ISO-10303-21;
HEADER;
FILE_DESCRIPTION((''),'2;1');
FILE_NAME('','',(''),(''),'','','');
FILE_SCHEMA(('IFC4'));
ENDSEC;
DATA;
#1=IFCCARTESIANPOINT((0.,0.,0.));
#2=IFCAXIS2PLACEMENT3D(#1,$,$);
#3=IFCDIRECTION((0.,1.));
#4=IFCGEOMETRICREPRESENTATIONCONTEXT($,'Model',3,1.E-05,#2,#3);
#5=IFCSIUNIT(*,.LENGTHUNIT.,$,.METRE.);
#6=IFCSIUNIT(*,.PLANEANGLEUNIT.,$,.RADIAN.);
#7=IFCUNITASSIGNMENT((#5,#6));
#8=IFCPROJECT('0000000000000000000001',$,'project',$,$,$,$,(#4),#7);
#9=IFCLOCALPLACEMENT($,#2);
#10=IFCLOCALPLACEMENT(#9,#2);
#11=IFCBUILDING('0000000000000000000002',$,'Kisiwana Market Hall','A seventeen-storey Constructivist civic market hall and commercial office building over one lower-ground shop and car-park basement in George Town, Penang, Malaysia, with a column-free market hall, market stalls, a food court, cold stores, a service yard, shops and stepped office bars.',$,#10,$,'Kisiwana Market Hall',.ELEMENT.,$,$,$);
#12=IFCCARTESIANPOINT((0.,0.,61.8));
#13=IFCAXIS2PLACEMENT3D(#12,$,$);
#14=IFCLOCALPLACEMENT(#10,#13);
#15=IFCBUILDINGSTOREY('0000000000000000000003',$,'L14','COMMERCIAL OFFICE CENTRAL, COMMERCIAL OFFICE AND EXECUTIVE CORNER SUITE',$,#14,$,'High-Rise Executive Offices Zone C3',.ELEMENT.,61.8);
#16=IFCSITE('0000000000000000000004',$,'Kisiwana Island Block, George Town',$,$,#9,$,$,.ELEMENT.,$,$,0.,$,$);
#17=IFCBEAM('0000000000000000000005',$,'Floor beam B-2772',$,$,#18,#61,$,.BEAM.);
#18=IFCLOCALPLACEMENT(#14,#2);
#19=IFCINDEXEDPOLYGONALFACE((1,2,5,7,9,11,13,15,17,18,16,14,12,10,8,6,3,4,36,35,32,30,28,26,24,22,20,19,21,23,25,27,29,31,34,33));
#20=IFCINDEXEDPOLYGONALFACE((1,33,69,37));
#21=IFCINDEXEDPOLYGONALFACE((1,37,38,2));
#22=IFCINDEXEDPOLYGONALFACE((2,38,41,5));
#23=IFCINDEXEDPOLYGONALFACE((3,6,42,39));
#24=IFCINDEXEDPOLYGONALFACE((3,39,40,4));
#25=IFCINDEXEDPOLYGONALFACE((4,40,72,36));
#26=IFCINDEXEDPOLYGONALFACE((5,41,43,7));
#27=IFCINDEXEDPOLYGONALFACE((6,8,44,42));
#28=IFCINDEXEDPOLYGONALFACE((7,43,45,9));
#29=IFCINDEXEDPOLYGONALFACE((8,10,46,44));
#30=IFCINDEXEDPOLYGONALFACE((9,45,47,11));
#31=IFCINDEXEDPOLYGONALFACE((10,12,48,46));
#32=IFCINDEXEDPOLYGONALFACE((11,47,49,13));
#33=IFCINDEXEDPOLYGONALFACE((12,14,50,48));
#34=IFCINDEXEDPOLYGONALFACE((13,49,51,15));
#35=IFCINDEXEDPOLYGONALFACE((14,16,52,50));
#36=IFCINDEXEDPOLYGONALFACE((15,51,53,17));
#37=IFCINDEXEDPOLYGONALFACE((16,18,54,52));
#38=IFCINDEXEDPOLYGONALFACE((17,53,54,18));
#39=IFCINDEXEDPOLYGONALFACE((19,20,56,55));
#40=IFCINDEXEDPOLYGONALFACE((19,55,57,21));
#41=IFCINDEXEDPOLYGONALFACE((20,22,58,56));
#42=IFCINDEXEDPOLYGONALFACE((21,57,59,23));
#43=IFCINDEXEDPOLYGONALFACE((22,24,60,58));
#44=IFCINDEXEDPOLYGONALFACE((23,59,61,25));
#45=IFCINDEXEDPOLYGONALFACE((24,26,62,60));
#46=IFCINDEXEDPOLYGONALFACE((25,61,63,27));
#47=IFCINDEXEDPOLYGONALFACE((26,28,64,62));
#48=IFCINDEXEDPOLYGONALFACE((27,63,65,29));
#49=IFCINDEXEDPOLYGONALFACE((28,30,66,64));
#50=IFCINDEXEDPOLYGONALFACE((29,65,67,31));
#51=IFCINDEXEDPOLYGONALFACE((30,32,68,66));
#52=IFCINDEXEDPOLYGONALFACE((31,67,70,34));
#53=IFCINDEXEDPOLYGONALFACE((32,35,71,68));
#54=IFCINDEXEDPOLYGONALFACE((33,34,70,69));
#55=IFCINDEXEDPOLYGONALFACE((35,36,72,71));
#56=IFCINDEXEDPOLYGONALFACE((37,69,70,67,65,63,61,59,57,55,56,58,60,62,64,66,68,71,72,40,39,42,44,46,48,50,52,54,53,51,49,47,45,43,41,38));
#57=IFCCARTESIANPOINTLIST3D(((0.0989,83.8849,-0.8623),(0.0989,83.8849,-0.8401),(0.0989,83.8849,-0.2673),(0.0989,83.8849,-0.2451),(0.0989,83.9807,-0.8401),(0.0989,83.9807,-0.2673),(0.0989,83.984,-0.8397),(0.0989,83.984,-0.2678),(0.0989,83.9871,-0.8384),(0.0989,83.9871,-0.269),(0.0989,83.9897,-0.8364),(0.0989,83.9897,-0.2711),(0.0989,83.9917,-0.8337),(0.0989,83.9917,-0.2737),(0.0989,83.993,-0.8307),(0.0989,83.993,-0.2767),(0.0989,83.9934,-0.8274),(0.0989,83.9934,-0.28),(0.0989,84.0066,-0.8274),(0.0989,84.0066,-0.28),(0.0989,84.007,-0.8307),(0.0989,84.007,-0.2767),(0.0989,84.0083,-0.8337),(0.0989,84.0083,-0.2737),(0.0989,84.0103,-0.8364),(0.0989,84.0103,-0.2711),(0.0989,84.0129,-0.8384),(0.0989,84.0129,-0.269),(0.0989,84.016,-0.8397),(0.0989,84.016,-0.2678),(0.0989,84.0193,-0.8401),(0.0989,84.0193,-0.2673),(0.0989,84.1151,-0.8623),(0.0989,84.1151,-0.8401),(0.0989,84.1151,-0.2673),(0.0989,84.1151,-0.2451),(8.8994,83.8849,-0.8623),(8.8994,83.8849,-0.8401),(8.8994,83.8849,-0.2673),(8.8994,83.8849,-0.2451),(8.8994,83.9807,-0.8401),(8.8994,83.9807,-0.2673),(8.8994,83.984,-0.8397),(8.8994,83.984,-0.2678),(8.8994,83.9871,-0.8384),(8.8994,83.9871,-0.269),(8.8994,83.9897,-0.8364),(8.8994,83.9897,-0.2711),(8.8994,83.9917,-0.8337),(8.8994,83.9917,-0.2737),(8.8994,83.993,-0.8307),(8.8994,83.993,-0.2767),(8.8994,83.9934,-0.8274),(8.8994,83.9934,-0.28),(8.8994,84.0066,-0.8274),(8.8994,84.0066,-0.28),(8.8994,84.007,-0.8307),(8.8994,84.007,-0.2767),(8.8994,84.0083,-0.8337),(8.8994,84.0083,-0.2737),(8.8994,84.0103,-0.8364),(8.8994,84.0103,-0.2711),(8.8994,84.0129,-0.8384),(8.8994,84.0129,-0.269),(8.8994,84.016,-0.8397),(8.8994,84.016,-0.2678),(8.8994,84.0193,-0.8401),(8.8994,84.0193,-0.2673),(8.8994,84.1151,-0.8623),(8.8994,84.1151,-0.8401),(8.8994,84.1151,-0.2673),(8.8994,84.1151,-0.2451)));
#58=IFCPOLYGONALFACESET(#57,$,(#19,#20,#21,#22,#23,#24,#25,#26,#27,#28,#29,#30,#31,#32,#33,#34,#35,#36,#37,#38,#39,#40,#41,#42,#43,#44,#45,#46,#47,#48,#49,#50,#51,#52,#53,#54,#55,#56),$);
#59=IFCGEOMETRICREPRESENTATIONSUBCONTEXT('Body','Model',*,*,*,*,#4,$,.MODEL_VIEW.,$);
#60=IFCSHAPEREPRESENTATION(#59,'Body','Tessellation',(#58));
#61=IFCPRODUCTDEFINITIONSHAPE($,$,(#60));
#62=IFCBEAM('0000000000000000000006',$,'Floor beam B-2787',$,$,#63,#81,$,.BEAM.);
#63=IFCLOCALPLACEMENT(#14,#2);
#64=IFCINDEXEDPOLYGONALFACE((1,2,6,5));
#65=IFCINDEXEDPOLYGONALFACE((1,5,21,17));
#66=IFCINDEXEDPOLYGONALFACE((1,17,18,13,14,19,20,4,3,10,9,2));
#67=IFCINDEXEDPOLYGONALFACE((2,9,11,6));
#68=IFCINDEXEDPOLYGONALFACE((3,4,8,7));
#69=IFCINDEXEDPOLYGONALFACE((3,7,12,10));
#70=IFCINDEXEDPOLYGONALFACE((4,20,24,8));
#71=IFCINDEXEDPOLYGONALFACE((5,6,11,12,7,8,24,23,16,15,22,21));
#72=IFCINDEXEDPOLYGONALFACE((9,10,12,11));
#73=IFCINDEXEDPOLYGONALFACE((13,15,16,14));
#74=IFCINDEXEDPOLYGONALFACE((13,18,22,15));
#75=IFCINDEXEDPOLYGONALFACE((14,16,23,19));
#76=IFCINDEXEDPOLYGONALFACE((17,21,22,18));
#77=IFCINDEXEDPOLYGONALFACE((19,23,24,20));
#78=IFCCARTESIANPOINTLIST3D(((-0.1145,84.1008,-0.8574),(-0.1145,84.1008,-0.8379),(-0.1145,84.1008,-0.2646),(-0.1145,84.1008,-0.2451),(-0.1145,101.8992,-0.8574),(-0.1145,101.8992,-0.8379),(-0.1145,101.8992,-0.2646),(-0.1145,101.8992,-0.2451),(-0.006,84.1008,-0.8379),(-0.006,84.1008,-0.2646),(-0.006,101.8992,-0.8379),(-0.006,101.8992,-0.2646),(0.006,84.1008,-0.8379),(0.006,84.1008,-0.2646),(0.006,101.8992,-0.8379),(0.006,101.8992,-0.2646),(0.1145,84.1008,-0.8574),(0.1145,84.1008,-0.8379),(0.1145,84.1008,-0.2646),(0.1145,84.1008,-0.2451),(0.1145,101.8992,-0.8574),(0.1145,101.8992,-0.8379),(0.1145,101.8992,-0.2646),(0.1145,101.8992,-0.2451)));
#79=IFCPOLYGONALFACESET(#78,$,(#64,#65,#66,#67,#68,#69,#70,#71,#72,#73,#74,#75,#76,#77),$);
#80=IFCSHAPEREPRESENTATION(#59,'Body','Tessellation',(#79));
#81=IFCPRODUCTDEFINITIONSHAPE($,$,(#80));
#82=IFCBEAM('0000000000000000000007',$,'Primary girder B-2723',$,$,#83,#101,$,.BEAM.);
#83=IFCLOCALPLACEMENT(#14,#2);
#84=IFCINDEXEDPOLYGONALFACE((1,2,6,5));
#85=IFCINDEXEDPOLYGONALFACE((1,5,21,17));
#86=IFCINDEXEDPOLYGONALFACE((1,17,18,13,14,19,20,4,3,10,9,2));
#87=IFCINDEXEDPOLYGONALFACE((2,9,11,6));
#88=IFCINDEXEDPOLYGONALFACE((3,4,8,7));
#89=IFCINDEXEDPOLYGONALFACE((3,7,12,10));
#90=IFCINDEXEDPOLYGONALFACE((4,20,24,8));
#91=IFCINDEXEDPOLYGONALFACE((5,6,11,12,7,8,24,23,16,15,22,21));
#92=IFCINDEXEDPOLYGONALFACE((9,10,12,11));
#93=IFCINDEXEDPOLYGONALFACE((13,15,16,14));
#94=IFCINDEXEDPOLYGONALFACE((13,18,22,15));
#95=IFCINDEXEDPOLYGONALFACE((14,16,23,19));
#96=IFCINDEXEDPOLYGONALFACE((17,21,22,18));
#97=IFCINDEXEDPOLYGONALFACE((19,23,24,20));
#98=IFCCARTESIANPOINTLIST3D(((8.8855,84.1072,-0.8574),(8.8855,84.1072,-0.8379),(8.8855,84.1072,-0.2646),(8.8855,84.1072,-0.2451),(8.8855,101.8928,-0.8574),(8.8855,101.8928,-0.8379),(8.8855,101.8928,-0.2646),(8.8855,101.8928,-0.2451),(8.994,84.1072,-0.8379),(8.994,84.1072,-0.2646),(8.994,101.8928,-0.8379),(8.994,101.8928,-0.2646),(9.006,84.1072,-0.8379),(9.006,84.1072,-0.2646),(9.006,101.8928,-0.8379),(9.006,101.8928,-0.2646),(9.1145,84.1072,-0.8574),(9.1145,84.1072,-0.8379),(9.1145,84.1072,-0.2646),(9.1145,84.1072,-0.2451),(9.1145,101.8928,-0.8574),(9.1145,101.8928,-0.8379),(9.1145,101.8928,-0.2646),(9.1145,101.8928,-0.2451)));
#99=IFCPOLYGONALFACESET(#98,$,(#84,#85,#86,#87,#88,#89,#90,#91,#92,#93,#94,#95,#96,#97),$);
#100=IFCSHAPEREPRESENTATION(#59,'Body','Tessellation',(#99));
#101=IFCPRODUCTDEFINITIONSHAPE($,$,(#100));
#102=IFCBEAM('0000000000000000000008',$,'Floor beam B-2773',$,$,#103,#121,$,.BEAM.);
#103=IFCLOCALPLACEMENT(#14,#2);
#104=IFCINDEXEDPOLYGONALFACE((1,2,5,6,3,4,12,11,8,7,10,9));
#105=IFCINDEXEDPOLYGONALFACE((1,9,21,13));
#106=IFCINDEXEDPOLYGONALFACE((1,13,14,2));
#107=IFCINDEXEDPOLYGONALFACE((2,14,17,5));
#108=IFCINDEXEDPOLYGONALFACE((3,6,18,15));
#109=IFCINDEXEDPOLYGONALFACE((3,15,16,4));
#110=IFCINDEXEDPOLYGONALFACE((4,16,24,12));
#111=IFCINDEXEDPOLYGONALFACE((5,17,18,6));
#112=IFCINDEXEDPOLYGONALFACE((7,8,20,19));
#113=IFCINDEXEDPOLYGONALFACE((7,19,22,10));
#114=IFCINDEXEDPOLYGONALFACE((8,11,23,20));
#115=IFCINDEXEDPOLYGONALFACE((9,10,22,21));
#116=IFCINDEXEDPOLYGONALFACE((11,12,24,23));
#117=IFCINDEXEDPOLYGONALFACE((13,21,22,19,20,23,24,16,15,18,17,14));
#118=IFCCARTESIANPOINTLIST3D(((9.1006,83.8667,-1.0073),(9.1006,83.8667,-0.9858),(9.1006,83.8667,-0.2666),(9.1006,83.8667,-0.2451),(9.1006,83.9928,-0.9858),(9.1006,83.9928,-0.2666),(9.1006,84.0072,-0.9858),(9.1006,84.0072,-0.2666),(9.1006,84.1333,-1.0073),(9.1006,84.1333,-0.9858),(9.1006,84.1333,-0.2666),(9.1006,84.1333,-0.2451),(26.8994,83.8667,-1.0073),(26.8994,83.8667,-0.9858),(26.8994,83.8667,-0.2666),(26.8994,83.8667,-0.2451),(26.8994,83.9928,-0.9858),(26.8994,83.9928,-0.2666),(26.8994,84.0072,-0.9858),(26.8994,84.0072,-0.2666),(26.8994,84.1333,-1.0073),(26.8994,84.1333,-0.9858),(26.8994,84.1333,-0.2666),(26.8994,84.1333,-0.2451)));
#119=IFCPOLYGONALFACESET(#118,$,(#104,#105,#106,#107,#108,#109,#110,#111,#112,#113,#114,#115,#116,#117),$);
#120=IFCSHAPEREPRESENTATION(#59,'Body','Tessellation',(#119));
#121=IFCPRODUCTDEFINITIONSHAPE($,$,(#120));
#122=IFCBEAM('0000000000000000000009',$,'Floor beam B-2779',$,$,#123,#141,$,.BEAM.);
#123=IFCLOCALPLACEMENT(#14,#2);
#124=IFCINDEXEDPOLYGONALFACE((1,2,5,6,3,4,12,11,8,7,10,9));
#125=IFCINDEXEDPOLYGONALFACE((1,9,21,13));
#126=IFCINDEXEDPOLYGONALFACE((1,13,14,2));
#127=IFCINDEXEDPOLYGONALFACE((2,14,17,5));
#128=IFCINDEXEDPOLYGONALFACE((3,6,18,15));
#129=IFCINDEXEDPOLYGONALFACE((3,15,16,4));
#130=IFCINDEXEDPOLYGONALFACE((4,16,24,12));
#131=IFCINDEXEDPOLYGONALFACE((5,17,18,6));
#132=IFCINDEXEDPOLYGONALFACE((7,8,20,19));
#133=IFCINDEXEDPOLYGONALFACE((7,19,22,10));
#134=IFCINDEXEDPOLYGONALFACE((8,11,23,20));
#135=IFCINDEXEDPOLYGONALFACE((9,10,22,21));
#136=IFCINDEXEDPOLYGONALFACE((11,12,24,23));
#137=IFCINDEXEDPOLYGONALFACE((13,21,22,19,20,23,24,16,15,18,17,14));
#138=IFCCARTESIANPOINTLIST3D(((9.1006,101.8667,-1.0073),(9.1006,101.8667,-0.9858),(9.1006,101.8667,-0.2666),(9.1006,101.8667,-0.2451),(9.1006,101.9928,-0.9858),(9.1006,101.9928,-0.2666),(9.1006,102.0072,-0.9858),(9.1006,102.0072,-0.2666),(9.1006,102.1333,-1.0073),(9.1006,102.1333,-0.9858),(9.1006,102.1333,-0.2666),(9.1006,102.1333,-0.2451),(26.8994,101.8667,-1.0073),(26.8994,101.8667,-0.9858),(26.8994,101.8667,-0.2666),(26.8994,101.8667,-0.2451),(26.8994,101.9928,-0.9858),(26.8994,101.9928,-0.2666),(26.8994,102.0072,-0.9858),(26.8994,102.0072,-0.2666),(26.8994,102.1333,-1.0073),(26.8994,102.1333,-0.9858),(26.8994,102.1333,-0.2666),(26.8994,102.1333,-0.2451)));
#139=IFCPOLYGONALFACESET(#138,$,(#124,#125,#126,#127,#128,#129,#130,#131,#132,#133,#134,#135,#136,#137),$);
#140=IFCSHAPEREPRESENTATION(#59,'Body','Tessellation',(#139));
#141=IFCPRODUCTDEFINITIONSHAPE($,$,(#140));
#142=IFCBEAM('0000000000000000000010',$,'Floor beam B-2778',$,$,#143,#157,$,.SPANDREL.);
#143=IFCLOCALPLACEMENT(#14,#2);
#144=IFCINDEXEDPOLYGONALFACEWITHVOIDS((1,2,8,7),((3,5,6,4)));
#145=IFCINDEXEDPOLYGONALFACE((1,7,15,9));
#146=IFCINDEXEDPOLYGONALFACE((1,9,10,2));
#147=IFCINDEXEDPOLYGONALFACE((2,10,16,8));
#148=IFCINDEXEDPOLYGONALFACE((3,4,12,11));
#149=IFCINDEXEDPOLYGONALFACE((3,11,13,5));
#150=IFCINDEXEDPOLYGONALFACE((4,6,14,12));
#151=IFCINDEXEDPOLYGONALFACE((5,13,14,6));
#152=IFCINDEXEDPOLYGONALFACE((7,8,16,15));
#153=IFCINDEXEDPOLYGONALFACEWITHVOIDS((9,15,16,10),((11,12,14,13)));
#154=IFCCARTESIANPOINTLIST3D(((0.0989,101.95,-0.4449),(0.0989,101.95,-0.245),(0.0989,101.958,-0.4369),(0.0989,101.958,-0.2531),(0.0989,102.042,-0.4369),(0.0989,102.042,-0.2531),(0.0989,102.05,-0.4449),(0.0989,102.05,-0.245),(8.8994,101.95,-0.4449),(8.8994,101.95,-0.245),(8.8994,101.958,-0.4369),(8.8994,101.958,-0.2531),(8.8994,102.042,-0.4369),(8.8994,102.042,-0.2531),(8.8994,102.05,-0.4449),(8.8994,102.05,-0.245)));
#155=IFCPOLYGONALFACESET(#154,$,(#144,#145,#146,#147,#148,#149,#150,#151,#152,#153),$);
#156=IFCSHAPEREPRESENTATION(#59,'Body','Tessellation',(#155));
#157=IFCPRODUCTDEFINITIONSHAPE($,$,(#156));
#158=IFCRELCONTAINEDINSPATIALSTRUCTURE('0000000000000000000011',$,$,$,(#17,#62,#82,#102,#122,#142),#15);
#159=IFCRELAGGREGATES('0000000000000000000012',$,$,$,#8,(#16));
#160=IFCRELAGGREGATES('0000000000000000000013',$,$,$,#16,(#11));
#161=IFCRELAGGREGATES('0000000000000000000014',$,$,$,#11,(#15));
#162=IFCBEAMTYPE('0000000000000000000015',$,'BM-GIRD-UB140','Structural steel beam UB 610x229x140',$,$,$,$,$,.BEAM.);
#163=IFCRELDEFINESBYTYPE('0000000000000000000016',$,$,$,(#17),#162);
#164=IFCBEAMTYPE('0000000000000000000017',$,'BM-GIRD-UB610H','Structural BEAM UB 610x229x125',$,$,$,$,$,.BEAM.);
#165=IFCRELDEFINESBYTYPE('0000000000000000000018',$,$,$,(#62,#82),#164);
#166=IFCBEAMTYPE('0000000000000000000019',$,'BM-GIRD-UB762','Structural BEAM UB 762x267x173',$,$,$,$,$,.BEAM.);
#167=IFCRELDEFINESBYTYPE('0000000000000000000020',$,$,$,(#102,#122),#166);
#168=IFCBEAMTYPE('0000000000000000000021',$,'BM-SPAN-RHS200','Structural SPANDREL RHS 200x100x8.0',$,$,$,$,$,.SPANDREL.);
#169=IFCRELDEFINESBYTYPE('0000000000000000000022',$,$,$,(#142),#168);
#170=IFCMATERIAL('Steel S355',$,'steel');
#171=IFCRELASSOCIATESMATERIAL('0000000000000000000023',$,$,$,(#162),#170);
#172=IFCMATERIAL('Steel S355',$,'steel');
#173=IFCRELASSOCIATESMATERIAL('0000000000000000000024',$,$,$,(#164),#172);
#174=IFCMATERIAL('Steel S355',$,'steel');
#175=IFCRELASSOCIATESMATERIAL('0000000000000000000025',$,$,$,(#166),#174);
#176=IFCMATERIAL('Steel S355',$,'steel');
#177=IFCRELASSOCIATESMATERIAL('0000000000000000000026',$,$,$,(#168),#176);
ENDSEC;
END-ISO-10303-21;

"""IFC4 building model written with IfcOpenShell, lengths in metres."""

from ifc_helpers import new_model, si_unit, direction, frame, origin, origin_2d, place, context, subcontext, project, spatial, hollow_rectangle, i_section, extrude, material, material_profile, profile_set, type_object, element, save


model = new_model("IFC4")

# Units and contexts
model_context = context("Model", 3, precision=1e-05, world=origin(), true_north=direction((0.0, 1.0)))
body_context = subcontext(model_context, "Body", "Model", "MODEL_VIEW")
ifc_project = project(units=[si_unit("LENGTHUNIT", "METRE"), si_unit("PLANEANGLEUNIT", "RADIAN")], contexts=[model_context])

# Site, building, storey
site_placement = place(None, origin())
site = spatial("IfcSite", under=ifc_project, at=site_placement, Name="Kisiwana Island Block, George Town", CompositionType="ELEMENT", RefElevation=0.0)
building_placement = place(site_placement, origin())
building = spatial("IfcBuilding", under=site, at=building_placement, Name="Kisiwana Market Hall", Description="A seventeen-storey Constructivist civic market hall and commercial office building over one lower-ground shop and car-park basement in George Town, Penang, Malaysia, with a column-free market hall, market stalls, a food court, cold stores, a service yard, shops and stepped office bars.", LongName="Kisiwana Market Hall", CompositionType="ELEMENT")
storey_placement = place(building_placement, frame((0.0, 0.0, 61.8)))
storey = spatial("IfcBuildingStorey", under=building, at=storey_placement, Name="L14", Description="COMMERCIAL OFFICE CENTRAL, COMMERCIAL OFFICE AND EXECUTIVE CORNER SUITE", LongName="High-Rise Executive Offices Zone C3", CompositionType="ELEMENT", Elevation=61.8)

# Beams
ifc_material_1 = material(Name="Steel S355", Category="steel")
ifc_material_profile_1 = material_profile(ifc_material_1, i_section(OverallWidth=0.2302, OverallDepth=0.6172, WebThickness=0.0132, FlangeThickness=0.0222, FilletRadius=0.0127, at=origin_2d()), Name="UB 610x229x140")
ifc_profile_set_1 = profile_set([ifc_material_profile_1], Name="Steel S355")
beam_type_1 = type_object("IfcBeamType", Name="BM-GIRD-UB140", Description="Structural steel beam UB 610x229x140", PredefinedType="BEAM", material=ifc_profile_set_1)
beam_1_placement = place(storey_placement, frame((0.0989, 84.0, -0.5537), z_axis=(1.0, 0.0, 0.0), x_axis=(0.0, 1.0, 0.0)))
element("IfcBeam", 1, at=beam_1_placement, inside=storey, type_object=beam_type_1, Name="Floor beam B-2772", PredefinedType="BEAM", context=body_context, shape_type="SweptSolid", body=[
    extrude(i_section(OverallWidth=0.2302, OverallDepth=0.6172, WebThickness=0.0132, FlangeThickness=0.0222, FilletRadius=0.0127, at=origin_2d()), origin(), (0.0, 0.0, 1.0), 8.8005),
])
ifc_material_2 = material(Name="Steel S355", Category="steel")
ifc_material_profile_2 = material_profile(ifc_material_2, i_section(OverallWidth=0.229, OverallDepth=0.6123, WebThickness=0.012, FlangeThickness=0.0195, at=origin_2d()), Name="UB 610x229x125")
ifc_profile_set_2 = profile_set([ifc_material_profile_2], Name="Steel S355")
beam_type_2 = type_object("IfcBeamType", Name="BM-GIRD-UB610H", Description="Structural BEAM UB 610x229x125", PredefinedType="BEAM", material=ifc_profile_set_2)
beam_2_placement = place(storey_placement, frame((0.0, 84.1008, -0.5513), z_axis=(0.0, 1.0, 0.0), x_axis=(-1.0, 0.0, 0.0)))
element("IfcBeam", 2, at=beam_2_placement, inside=storey, type_object=beam_type_2, Name="Floor beam B-2787", PredefinedType="BEAM", context=body_context, shape_type="SweptSolid", body=[
    extrude(i_section(OverallWidth=0.229, OverallDepth=0.6123, WebThickness=0.012, FlangeThickness=0.0195, at=origin_2d()), origin(), (0.0, 0.0, 1.0), 17.7983),
])
beam_3_placement = place(storey_placement, frame((9.0, 84.1072, -0.5513), z_axis=(0.0, 1.0, 0.0), x_axis=(-1.0, 0.0, 0.0)))
element("IfcBeam", 3, at=beam_3_placement, inside=storey, type_object=beam_type_2, Name="Primary girder B-2723", PredefinedType="BEAM", context=body_context, shape_type="SweptSolid", body=[
    extrude(i_section(OverallWidth=0.229, OverallDepth=0.6123, WebThickness=0.012, FlangeThickness=0.0195, at=origin_2d()), origin(), (0.0, 0.0, 1.0), 17.7856),
])
ifc_material_3 = material(Name="Steel S355", Category="steel")
ifc_material_profile_3 = material_profile(ifc_material_3, i_section(OverallWidth=0.2666, OverallDepth=0.7622, WebThickness=0.0144, FlangeThickness=0.0215, at=origin_2d()), Name="UB 762x267x173")
ifc_profile_set_3 = profile_set([ifc_material_profile_3], Name="Steel S355")
beam_type_3 = type_object("IfcBeamType", Name="BM-GIRD-UB762", Description="Structural BEAM UB 762x267x173", PredefinedType="BEAM", material=ifc_profile_set_3)
for number, where, z_axis, x_axis, name in (
    (4, (9.1006, 84.0, -0.6262), (1.0, 0.0, 0.0), (0.0, 1.0, 0.0), "Floor beam B-2773"),
    (5, (9.1006, 102.0, -0.6262), (1.0, 0.0, 0.0), (0.0, 1.0, 0.0), "Floor beam B-2779"),
):
    element("IfcBeam", number, at=place(storey_placement, frame(where, z_axis=z_axis, x_axis=x_axis)), inside=storey, type_object=beam_type_3, Name=name, PredefinedType="BEAM", context=body_context, shape_type="SweptSolid", body=[
        extrude(i_section(OverallWidth=0.2666, OverallDepth=0.7622, WebThickness=0.0144, FlangeThickness=0.0215, at=origin_2d()), origin(), (0.0, 0.0, 1.0), 17.7988),
    ])
ifc_material_4 = material(Name="Steel S355", Category="steel")
ifc_material_profile_4 = material_profile(ifc_material_4, hollow_rectangle(XDim=0.1001, YDim=0.2, WallThickness=0.0081, at=origin_2d()), Name="RHS 200x100x8.0")
ifc_profile_set_4 = profile_set([ifc_material_profile_4], Name="Steel S355")
beam_type_4 = type_object("IfcBeamType", Name="BM-SPAN-RHS200", Description="Structural SPANDREL RHS 200x100x8.0", PredefinedType="SPANDREL", material=ifc_profile_set_4)
beam_4_placement = place(storey_placement, frame((0.0989, 102.0, -0.345), z_axis=(1.0, 0.0, 0.0), x_axis=(0.0, 1.0, 0.0)))
element("IfcBeam", 6, at=beam_4_placement, inside=storey, type_object=beam_type_4, Name="Floor beam B-2778", PredefinedType="SPANDREL", context=body_context, shape_type="SweptSolid", body=[
    extrude(hollow_rectangle(XDim=0.1001, YDim=0.2, WallThickness=0.0081, at=origin_2d()), origin(), (0.0, 0.0, 1.0), 8.8005),
])

save(model, "model.ifc")
